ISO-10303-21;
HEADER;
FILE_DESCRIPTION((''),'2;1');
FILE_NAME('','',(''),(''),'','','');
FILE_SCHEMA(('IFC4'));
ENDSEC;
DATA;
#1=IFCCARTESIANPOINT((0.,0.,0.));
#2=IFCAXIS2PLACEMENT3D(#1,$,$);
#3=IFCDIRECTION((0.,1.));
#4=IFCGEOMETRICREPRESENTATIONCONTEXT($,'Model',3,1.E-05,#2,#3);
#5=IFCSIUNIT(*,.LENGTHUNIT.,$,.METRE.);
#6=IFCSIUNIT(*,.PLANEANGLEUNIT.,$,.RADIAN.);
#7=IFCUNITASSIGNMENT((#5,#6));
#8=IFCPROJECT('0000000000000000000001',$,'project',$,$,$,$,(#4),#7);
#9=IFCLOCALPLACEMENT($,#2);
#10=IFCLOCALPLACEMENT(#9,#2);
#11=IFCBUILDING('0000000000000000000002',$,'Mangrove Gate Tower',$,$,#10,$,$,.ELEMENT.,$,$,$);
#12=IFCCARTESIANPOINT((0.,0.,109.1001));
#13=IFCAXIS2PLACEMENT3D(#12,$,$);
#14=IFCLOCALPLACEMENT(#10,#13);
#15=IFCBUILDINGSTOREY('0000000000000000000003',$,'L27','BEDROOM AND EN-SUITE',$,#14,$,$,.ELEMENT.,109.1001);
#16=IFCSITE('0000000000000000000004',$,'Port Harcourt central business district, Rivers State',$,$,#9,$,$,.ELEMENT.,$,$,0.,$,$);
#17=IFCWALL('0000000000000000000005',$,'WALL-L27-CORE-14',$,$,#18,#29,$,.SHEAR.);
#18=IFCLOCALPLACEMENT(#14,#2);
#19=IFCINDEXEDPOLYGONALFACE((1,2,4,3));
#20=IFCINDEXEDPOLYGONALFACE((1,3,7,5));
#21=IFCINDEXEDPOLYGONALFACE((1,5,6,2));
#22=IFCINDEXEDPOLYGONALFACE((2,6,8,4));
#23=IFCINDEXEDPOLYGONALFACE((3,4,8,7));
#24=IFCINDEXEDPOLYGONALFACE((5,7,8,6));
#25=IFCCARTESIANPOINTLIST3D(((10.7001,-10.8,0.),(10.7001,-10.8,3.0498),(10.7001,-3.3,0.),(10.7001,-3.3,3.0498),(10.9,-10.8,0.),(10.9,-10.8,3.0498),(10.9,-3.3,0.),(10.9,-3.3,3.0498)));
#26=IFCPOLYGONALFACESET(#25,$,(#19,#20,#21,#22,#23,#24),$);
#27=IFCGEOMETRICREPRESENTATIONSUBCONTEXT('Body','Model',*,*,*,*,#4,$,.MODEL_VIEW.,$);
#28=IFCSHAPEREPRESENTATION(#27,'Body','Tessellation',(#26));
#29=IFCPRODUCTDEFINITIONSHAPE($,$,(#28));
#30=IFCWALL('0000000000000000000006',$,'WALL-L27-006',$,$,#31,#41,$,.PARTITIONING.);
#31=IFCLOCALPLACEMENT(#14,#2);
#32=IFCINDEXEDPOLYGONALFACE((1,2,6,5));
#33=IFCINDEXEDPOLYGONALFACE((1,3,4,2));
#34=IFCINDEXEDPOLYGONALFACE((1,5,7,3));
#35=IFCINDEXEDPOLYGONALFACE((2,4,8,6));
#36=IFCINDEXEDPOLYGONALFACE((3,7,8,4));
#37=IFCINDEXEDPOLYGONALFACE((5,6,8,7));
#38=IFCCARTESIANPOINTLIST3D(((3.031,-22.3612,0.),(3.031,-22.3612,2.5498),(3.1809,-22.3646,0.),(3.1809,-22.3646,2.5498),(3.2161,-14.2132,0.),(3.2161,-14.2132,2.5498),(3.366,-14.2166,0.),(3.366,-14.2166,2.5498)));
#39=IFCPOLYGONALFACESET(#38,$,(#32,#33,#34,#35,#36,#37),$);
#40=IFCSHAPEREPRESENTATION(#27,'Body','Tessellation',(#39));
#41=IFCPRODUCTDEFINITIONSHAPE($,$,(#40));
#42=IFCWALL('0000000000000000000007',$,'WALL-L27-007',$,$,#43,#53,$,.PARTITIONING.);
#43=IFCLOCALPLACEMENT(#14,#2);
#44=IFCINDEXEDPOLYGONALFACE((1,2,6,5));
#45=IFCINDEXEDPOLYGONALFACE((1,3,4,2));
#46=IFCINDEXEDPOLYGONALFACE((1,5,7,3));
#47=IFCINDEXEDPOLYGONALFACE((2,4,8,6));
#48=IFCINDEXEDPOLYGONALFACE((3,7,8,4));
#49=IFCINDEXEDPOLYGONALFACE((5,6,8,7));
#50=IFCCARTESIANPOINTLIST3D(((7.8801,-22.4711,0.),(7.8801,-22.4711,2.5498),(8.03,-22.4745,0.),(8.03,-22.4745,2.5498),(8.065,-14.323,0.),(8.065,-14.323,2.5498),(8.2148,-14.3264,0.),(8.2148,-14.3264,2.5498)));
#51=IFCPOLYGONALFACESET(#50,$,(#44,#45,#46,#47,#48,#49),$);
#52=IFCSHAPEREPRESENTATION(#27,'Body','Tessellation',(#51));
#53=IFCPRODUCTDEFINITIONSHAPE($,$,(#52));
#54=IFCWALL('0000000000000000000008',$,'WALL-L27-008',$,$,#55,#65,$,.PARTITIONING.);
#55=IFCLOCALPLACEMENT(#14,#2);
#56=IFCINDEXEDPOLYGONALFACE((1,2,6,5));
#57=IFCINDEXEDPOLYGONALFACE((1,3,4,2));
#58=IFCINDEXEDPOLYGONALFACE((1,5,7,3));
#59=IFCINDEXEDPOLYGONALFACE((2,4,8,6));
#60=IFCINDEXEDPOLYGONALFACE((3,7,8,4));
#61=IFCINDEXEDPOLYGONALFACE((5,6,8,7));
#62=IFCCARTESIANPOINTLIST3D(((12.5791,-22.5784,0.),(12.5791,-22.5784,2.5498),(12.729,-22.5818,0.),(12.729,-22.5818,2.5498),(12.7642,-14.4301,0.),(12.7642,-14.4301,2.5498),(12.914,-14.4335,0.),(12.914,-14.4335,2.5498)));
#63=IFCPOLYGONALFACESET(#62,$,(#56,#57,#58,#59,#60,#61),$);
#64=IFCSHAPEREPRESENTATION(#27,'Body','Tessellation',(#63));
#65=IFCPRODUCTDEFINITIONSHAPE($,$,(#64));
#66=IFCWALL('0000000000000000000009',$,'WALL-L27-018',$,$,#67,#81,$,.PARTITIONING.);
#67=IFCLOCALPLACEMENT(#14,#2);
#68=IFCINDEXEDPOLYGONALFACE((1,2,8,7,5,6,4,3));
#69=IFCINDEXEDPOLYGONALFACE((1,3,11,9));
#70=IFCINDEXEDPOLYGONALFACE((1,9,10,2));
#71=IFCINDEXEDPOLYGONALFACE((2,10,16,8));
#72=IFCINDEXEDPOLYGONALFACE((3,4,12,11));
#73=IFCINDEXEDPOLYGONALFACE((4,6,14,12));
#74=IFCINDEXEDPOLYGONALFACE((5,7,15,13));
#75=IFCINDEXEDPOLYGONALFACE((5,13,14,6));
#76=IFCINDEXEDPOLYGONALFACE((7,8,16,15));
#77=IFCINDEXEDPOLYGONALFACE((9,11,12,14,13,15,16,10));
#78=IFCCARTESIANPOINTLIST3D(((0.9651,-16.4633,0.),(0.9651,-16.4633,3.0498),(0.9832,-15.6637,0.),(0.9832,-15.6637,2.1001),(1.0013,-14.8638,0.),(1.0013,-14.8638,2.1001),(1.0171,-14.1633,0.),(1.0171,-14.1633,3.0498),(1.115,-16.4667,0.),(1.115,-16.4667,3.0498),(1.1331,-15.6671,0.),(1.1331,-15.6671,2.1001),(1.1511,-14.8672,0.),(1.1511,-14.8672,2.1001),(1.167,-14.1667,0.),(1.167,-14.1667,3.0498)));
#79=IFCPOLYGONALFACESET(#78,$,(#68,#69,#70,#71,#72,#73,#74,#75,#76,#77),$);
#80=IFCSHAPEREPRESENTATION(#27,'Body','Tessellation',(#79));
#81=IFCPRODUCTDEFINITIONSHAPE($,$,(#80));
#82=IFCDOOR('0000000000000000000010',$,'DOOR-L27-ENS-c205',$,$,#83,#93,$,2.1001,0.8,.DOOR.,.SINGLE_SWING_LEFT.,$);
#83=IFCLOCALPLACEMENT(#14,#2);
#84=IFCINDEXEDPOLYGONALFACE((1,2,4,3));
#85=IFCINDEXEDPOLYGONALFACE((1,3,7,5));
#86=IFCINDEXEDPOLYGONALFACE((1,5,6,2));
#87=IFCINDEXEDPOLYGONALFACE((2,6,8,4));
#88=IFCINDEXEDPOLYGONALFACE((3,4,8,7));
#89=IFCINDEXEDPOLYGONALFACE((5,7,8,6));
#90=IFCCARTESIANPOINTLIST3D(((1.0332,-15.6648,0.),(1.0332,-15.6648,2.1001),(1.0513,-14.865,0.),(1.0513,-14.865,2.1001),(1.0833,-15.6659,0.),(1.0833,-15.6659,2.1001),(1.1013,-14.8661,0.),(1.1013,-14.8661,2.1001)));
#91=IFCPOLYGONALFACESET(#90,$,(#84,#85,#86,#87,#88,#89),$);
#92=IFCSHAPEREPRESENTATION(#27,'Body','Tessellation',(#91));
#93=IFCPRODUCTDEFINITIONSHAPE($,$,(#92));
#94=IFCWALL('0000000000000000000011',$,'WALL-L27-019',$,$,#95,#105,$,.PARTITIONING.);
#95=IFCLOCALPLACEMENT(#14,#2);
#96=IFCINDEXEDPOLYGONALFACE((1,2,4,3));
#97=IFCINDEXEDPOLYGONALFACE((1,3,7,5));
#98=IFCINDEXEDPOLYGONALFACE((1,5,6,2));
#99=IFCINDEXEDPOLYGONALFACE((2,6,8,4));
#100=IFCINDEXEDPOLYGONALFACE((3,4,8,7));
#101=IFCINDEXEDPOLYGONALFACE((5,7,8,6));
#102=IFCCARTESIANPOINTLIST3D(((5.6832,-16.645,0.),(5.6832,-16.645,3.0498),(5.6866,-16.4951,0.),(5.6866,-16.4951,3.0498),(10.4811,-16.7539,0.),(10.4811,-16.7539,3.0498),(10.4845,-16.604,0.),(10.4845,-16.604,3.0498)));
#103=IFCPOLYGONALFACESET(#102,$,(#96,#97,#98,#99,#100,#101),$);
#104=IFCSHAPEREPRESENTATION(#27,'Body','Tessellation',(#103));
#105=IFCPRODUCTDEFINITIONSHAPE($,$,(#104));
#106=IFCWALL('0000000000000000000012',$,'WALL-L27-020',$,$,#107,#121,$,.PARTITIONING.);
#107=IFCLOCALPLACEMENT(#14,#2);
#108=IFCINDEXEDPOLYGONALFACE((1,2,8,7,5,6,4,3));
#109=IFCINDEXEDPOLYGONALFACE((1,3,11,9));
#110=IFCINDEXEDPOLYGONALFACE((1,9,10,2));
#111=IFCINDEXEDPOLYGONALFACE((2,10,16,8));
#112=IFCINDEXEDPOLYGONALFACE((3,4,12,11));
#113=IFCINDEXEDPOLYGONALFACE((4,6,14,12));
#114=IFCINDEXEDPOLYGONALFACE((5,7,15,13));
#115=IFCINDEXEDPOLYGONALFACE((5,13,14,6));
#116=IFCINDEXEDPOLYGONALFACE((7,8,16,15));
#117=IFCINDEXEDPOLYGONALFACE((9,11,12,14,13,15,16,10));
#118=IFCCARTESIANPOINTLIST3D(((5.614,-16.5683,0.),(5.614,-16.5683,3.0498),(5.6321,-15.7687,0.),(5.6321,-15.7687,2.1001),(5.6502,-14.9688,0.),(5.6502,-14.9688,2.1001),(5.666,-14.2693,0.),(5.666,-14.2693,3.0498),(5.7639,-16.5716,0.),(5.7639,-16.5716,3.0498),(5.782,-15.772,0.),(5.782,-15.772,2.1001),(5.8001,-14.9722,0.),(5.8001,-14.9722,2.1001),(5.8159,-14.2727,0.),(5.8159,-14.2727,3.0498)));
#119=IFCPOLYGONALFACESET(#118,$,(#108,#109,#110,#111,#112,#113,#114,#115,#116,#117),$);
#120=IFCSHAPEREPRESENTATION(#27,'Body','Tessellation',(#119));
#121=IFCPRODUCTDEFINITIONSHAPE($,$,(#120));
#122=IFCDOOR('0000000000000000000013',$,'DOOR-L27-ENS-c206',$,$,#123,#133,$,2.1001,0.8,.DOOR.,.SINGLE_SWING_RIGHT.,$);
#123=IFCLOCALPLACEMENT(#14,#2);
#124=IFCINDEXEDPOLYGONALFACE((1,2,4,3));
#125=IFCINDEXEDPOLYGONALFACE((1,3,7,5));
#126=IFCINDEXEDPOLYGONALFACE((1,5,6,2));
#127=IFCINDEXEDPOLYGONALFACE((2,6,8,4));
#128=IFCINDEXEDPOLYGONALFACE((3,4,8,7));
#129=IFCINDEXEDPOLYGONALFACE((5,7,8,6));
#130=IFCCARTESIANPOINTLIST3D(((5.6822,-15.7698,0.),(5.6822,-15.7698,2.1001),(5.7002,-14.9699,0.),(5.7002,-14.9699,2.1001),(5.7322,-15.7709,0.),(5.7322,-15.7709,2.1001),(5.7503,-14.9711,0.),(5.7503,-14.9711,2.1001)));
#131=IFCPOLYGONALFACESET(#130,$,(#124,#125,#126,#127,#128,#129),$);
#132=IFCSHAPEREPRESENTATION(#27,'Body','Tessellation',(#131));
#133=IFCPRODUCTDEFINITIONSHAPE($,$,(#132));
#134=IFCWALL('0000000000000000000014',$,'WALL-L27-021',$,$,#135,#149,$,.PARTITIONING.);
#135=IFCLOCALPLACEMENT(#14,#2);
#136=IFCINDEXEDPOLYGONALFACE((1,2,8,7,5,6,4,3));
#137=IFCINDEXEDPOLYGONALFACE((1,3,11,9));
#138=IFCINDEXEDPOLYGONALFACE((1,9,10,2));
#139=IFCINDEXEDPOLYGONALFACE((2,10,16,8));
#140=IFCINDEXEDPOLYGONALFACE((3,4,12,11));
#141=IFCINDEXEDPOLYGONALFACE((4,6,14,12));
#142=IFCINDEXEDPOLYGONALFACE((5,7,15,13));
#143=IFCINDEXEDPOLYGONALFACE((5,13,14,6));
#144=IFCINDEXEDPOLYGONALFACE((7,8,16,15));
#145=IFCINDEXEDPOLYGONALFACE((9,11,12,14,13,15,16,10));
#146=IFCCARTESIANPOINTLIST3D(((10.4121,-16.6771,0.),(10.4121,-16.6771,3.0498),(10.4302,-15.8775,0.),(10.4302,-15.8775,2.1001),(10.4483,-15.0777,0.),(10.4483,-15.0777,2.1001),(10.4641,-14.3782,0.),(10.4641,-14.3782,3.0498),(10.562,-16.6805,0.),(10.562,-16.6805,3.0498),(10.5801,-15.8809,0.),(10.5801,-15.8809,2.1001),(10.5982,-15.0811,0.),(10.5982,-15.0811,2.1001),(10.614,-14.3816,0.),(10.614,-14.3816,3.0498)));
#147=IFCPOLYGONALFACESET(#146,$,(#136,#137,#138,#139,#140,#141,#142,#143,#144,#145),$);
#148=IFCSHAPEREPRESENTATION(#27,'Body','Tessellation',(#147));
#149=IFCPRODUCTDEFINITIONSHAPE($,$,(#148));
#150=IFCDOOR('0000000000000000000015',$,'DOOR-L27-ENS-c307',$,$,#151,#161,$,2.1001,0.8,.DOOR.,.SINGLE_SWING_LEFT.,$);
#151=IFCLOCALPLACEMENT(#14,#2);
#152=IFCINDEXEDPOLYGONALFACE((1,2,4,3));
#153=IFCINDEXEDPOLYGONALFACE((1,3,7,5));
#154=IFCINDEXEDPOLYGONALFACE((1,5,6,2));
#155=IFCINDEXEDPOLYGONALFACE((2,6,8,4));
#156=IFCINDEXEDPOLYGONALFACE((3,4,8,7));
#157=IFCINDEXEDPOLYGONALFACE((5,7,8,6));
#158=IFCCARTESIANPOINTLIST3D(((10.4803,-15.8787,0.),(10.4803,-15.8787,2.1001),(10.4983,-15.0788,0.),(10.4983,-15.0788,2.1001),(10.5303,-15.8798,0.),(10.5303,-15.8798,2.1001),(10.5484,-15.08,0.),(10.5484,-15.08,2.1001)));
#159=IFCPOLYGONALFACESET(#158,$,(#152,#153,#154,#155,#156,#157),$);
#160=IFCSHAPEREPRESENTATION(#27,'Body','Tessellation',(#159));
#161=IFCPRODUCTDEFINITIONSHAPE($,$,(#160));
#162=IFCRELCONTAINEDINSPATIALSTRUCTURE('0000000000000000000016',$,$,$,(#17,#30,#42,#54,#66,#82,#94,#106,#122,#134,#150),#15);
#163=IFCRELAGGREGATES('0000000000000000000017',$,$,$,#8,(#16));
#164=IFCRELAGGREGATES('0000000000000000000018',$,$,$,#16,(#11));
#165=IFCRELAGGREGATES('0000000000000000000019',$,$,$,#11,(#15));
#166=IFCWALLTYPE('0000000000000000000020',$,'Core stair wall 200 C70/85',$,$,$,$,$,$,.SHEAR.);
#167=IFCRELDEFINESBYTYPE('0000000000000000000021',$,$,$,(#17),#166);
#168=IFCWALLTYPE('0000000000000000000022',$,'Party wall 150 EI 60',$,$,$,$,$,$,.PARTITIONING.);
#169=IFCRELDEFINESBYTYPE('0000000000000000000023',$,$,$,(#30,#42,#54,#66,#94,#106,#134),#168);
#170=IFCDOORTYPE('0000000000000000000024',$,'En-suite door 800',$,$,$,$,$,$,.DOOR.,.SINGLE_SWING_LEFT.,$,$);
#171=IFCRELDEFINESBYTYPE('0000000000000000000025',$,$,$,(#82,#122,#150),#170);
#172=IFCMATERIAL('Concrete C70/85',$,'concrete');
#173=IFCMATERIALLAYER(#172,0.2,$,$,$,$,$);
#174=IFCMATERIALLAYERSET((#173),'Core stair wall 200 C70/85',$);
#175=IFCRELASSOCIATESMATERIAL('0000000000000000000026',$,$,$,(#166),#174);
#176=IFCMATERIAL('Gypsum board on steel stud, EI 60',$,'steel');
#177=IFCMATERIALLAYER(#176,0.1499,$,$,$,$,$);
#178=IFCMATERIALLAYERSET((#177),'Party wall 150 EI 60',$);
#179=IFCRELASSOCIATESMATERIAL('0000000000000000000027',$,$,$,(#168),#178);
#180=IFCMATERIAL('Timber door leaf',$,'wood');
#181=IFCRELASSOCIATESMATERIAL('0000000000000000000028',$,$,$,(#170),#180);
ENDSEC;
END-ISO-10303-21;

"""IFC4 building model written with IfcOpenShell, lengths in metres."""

from ifc_helpers import new_model, si_unit, direction, frame, frame_2d, origin, place, context, subcontext, project, spatial, rectangle, extrude, material, layer, layer_set, type_object, element, fill, save


model = new_model("IFC4")

# Units and contexts
model_context = context("Model", 3, precision=1e-05, world=origin(), true_north=direction((0.0, 1.0)))
body_context = subcontext(model_context, "Body", "Model", "MODEL_VIEW")
ifc_project = project(units=[si_unit("LENGTHUNIT", "METRE"), si_unit("PLANEANGLEUNIT", "RADIAN")], contexts=[model_context])

# Site, building, storey
site_placement = place(None, origin())
site = spatial("IfcSite", under=ifc_project, at=site_placement, Name="Port Harcourt central business district, Rivers State", CompositionType="ELEMENT", RefElevation=0.0)
building_placement = place(site_placement, origin())
building = spatial("IfcBuilding", under=site, at=building_placement, Name="Mangrove Gate Tower", CompositionType="ELEMENT")
storey_placement = place(building_placement, frame((0.0, 0.0, 109.1001)))
storey = spatial("IfcBuildingStorey", under=building, at=storey_placement, Name="L27", Description="BEDROOM AND EN-SUITE", CompositionType="ELEMENT", Elevation=109.1001)

# Shared definitions
ifc_material_1 = material(Name="Concrete C70/85", Category="concrete")
ifc_layer_1 = layer(ifc_material_1, 0.2)
ifc_layer_set_1 = layer_set([ifc_layer_1], Name="Core stair wall 200 C70/85")
wall_type_1 = type_object("IfcWallType", Name="Core stair wall 200 C70/85", PredefinedType="SHEAR", material=ifc_layer_set_1)

# Walls
wall_1_placement = place(storey_placement, frame((10.8, -10.8, 0.0), z_axis=(0.0, 0.0, 1.0), x_axis=(0.0, 1.0, 0.0)))
element("IfcWall", 1, at=wall_1_placement, inside=storey, type_object=wall_type_1, Name="WALL-L27-CORE-14", PredefinedType="SHEAR", context=body_context, shape_type="SweptSolid", body=[
    extrude(rectangle(XDim=7.5, YDim=0.2, at=frame_2d((3.75, 0.0))), origin(), (0.0, 0.0, 1.0), 3.0498),
])
ifc_material_2 = material(Name="Gypsum board on steel stud, EI 60", Category="steel")
ifc_layer_2 = layer(ifc_material_2, 0.1499)
ifc_layer_set_2 = layer_set([ifc_layer_2], Name="Party wall 150 EI 60")
wall_type_2 = type_object("IfcWallType", Name="Party wall 150 EI 60", PredefinedType="PARTITIONING", material=ifc_layer_set_2)
for number, where, z_axis, x_axis, name in (
    (2, (3.106, -22.363, 0.0), (0.0, 0.0, 1.0), (0.022706, 0.999742, 0.0), "WALL-L27-006"),
    (3, (7.9551, -22.4729, 0.0), (0.0, 0.0, 1.0), (0.022676, 0.999743, 0.0), "WALL-L27-007"),
):
    element("IfcWall", number, at=place(storey_placement, frame(where, z_axis=z_axis, x_axis=x_axis)), inside=storey, type_object=wall_type_2, Name=name, PredefinedType="PARTITIONING", context=body_context, shape_type="SweptSolid", body=[
        extrude(rectangle(XDim=8.1501, YDim=0.1499, at=frame_2d((4.0752, 0.0))), origin(), (0.0, 0.0, 1.0), 2.5498),
    ])
wall_2_placement = place(storey_placement, frame((12.6541, -22.5801, 0.0), z_axis=(0.0, 0.0, 1.0), x_axis=(0.022706, 0.999742, 0.0)))
element("IfcWall", 4, at=wall_2_placement, inside=storey, type_object=wall_type_2, Name="WALL-L27-008", PredefinedType="PARTITIONING", context=body_context, shape_type="SweptSolid", body=[
    extrude(rectangle(XDim=8.1504, YDim=0.1499, at=frame_2d((4.0752, 0.0))), origin(), (0.0, 0.0, 1.0), 2.5498),
])

# Wall, opening, door
wall_3_placement = place(storey_placement, frame((1.04, -16.4651, 0.0), z_axis=(0.0, 0.0, 1.0), x_axis=(0.022603, 0.999745, 0.0)))
wall_3 = element("IfcWall", 5, at=wall_3_placement, inside=storey, type_object=wall_type_2, Name="WALL-L27-018", PredefinedType="PARTITIONING", context=body_context, shape_type="SweptSolid", body=[
    extrude(rectangle(XDim=2.3005, YDim=0.1499, at=frame_2d((1.1504, 0.0))), origin(), (0.0, 0.0, 1.0), 3.0498),
])
opening_1_placement = place(wall_3_placement, frame((0.8, 0.0, 0.0)))
opening_1 = element("IfcOpeningElement", 6, at=opening_1_placement, cuts=wall_3, PredefinedType="OPENING", context=body_context, shape_type="SweptSolid", body=[
    extrude(rectangle(XDim=0.8, YDim=2.1001, at=frame_2d((0.3999, 1.05))), frame((0.0, 0.085, 0.0), z_axis=(0.0, -1.0, 0.0), x_axis=(1.0, 0.0, 0.0)), (0.0, 0.0, 1.0), 0.1699),
])
ifc_material_3 = material(Name="Timber door leaf", Category="wood")
door_type_1 = type_object("IfcDoorType", Name="En-suite door 800", OperationType="SINGLE_SWING_LEFT", PredefinedType="DOOR", material=ifc_material_3)
door_1_placement = place(opening_1_placement, origin())
door_1 = element("IfcDoor", 7, at=door_1_placement, inside=storey, type_object=door_type_1, Name="DOOR-L27-ENS-c205", OperationType="SINGLE_SWING_LEFT", OverallHeight=2.1001, OverallWidth=0.8, PredefinedType="DOOR", context=body_context, shape_type="SweptSolid", body=[
    extrude(rectangle(XDim=0.8, YDim=2.1001, at=frame_2d((0.3999, 1.05))), frame((0.0, 0.0249, 0.0), z_axis=(0.0, -1.0, 0.0), x_axis=(1.0, 0.0, 0.0)), (0.0, 0.0, 1.0), 0.05),
])
fill(opening_1, door_1)

# Wall
wall_4_placement = place(storey_placement, frame((5.6851, -16.5701, 0.0), z_axis=(0.0, 0.0, 1.0), x_axis=(0.999743, -0.022689, 0.0)))
element("IfcWall", 8, at=wall_4_placement, inside=storey, type_object=wall_type_2, Name="WALL-L27-019", PredefinedType="PARTITIONING", context=body_context, shape_type="SweptSolid", body=[
    extrude(rectangle(XDim=4.7991, YDim=0.1499, at=frame_2d((2.3994, 0.0))), origin(), (0.0, 0.0, 1.0), 3.0498),
])

# Walls, openings, doors
wall_5_placement = place(storey_placement, frame((5.689, -16.5701, 0.0), z_axis=(0.0, 0.0, 1.0), x_axis=(0.022613, 0.999744, 0.0)))
wall_5 = element("IfcWall", 9, at=wall_5_placement, inside=storey, type_object=wall_type_2, Name="WALL-L27-020", PredefinedType="PARTITIONING", context=body_context, shape_type="SweptSolid", body=[
    extrude(rectangle(XDim=2.2996, YDim=0.1499, at=frame_2d((1.1499, 0.0))), origin(), (0.0, 0.0, 1.0), 3.0498),
])
opening_2_placement = place(wall_5_placement, frame((0.8, 0.0, 0.0)))
opening_2 = element("IfcOpeningElement", 10, at=opening_2_placement, cuts=wall_5, PredefinedType="OPENING", context=body_context, shape_type="SweptSolid", body=[
    extrude(rectangle(XDim=0.8, YDim=2.1001, at=frame_2d((0.3999, 1.05))), frame((0.0, 0.085, 0.0), z_axis=(0.0, -1.0, 0.0), x_axis=(1.0, 0.0, 0.0)), (0.0, 0.0, 1.0), 0.1699),
])
door_2_placement = place(opening_2_placement, origin())
door_2 = element("IfcDoor", 11, at=door_2_placement, inside=storey, type_object=door_type_1, Name="DOOR-L27-ENS-c206", OperationType="SINGLE_SWING_RIGHT", OverallHeight=2.1001, OverallWidth=0.8, PredefinedType="DOOR", context=body_context, shape_type="SweptSolid", body=[
    extrude(rectangle(XDim=0.8, YDim=2.1001, at=frame_2d((0.3999, 1.05))), frame((0.0, 0.0249, 0.0), z_axis=(0.0, -1.0, 0.0), x_axis=(1.0, 0.0, 0.0)), (0.0, 0.0, 1.0), 0.05),
])
fill(opening_2, door_2)
wall_6_placement = place(storey_placement, frame((10.4871, -16.679, 0.0), z_axis=(0.0, 0.0, 1.0), x_axis=(0.022613, 0.999744, 0.0)))
wall_6 = element("IfcWall", 12, at=wall_6_placement, inside=storey, type_object=wall_type_2, Name="WALL-L27-021", PredefinedType="PARTITIONING", context=body_context, shape_type="SweptSolid", body=[
    extrude(rectangle(XDim=2.2996, YDim=0.1499, at=frame_2d((1.1499, 0.0))), origin(), (0.0, 0.0, 1.0), 3.0498),
])
opening_3_placement = place(wall_6_placement, frame((0.8, 0.0, 0.0)))
opening_3 = element("IfcOpeningElement", 13, at=opening_3_placement, cuts=wall_6, PredefinedType="OPENING", context=body_context, shape_type="SweptSolid", body=[
    extrude(rectangle(XDim=0.8, YDim=2.1001, at=frame_2d((0.3999, 1.05))), frame((0.0, 0.085, 0.0), z_axis=(0.0, -1.0, 0.0), x_axis=(1.0, 0.0, 0.0)), (0.0, 0.0, 1.0), 0.1699),
])
door_3_placement = place(opening_3_placement, origin())
door_3 = element("IfcDoor", 14, at=door_3_placement, inside=storey, type_object=door_type_1, Name="DOOR-L27-ENS-c307", OperationType="SINGLE_SWING_LEFT", OverallHeight=2.1001, OverallWidth=0.8, PredefinedType="DOOR", context=body_context, shape_type="SweptSolid", body=[
    extrude(rectangle(XDim=0.8, YDim=2.1001, at=frame_2d((0.3999, 1.05))), frame((0.0, 0.0249, 0.0), z_axis=(0.0, -1.0, 0.0), x_axis=(1.0, 0.0, 0.0)), (0.0, 0.0, 1.0), 0.05),
])
fill(opening_3, door_3)

save(model, "model.ifc")
